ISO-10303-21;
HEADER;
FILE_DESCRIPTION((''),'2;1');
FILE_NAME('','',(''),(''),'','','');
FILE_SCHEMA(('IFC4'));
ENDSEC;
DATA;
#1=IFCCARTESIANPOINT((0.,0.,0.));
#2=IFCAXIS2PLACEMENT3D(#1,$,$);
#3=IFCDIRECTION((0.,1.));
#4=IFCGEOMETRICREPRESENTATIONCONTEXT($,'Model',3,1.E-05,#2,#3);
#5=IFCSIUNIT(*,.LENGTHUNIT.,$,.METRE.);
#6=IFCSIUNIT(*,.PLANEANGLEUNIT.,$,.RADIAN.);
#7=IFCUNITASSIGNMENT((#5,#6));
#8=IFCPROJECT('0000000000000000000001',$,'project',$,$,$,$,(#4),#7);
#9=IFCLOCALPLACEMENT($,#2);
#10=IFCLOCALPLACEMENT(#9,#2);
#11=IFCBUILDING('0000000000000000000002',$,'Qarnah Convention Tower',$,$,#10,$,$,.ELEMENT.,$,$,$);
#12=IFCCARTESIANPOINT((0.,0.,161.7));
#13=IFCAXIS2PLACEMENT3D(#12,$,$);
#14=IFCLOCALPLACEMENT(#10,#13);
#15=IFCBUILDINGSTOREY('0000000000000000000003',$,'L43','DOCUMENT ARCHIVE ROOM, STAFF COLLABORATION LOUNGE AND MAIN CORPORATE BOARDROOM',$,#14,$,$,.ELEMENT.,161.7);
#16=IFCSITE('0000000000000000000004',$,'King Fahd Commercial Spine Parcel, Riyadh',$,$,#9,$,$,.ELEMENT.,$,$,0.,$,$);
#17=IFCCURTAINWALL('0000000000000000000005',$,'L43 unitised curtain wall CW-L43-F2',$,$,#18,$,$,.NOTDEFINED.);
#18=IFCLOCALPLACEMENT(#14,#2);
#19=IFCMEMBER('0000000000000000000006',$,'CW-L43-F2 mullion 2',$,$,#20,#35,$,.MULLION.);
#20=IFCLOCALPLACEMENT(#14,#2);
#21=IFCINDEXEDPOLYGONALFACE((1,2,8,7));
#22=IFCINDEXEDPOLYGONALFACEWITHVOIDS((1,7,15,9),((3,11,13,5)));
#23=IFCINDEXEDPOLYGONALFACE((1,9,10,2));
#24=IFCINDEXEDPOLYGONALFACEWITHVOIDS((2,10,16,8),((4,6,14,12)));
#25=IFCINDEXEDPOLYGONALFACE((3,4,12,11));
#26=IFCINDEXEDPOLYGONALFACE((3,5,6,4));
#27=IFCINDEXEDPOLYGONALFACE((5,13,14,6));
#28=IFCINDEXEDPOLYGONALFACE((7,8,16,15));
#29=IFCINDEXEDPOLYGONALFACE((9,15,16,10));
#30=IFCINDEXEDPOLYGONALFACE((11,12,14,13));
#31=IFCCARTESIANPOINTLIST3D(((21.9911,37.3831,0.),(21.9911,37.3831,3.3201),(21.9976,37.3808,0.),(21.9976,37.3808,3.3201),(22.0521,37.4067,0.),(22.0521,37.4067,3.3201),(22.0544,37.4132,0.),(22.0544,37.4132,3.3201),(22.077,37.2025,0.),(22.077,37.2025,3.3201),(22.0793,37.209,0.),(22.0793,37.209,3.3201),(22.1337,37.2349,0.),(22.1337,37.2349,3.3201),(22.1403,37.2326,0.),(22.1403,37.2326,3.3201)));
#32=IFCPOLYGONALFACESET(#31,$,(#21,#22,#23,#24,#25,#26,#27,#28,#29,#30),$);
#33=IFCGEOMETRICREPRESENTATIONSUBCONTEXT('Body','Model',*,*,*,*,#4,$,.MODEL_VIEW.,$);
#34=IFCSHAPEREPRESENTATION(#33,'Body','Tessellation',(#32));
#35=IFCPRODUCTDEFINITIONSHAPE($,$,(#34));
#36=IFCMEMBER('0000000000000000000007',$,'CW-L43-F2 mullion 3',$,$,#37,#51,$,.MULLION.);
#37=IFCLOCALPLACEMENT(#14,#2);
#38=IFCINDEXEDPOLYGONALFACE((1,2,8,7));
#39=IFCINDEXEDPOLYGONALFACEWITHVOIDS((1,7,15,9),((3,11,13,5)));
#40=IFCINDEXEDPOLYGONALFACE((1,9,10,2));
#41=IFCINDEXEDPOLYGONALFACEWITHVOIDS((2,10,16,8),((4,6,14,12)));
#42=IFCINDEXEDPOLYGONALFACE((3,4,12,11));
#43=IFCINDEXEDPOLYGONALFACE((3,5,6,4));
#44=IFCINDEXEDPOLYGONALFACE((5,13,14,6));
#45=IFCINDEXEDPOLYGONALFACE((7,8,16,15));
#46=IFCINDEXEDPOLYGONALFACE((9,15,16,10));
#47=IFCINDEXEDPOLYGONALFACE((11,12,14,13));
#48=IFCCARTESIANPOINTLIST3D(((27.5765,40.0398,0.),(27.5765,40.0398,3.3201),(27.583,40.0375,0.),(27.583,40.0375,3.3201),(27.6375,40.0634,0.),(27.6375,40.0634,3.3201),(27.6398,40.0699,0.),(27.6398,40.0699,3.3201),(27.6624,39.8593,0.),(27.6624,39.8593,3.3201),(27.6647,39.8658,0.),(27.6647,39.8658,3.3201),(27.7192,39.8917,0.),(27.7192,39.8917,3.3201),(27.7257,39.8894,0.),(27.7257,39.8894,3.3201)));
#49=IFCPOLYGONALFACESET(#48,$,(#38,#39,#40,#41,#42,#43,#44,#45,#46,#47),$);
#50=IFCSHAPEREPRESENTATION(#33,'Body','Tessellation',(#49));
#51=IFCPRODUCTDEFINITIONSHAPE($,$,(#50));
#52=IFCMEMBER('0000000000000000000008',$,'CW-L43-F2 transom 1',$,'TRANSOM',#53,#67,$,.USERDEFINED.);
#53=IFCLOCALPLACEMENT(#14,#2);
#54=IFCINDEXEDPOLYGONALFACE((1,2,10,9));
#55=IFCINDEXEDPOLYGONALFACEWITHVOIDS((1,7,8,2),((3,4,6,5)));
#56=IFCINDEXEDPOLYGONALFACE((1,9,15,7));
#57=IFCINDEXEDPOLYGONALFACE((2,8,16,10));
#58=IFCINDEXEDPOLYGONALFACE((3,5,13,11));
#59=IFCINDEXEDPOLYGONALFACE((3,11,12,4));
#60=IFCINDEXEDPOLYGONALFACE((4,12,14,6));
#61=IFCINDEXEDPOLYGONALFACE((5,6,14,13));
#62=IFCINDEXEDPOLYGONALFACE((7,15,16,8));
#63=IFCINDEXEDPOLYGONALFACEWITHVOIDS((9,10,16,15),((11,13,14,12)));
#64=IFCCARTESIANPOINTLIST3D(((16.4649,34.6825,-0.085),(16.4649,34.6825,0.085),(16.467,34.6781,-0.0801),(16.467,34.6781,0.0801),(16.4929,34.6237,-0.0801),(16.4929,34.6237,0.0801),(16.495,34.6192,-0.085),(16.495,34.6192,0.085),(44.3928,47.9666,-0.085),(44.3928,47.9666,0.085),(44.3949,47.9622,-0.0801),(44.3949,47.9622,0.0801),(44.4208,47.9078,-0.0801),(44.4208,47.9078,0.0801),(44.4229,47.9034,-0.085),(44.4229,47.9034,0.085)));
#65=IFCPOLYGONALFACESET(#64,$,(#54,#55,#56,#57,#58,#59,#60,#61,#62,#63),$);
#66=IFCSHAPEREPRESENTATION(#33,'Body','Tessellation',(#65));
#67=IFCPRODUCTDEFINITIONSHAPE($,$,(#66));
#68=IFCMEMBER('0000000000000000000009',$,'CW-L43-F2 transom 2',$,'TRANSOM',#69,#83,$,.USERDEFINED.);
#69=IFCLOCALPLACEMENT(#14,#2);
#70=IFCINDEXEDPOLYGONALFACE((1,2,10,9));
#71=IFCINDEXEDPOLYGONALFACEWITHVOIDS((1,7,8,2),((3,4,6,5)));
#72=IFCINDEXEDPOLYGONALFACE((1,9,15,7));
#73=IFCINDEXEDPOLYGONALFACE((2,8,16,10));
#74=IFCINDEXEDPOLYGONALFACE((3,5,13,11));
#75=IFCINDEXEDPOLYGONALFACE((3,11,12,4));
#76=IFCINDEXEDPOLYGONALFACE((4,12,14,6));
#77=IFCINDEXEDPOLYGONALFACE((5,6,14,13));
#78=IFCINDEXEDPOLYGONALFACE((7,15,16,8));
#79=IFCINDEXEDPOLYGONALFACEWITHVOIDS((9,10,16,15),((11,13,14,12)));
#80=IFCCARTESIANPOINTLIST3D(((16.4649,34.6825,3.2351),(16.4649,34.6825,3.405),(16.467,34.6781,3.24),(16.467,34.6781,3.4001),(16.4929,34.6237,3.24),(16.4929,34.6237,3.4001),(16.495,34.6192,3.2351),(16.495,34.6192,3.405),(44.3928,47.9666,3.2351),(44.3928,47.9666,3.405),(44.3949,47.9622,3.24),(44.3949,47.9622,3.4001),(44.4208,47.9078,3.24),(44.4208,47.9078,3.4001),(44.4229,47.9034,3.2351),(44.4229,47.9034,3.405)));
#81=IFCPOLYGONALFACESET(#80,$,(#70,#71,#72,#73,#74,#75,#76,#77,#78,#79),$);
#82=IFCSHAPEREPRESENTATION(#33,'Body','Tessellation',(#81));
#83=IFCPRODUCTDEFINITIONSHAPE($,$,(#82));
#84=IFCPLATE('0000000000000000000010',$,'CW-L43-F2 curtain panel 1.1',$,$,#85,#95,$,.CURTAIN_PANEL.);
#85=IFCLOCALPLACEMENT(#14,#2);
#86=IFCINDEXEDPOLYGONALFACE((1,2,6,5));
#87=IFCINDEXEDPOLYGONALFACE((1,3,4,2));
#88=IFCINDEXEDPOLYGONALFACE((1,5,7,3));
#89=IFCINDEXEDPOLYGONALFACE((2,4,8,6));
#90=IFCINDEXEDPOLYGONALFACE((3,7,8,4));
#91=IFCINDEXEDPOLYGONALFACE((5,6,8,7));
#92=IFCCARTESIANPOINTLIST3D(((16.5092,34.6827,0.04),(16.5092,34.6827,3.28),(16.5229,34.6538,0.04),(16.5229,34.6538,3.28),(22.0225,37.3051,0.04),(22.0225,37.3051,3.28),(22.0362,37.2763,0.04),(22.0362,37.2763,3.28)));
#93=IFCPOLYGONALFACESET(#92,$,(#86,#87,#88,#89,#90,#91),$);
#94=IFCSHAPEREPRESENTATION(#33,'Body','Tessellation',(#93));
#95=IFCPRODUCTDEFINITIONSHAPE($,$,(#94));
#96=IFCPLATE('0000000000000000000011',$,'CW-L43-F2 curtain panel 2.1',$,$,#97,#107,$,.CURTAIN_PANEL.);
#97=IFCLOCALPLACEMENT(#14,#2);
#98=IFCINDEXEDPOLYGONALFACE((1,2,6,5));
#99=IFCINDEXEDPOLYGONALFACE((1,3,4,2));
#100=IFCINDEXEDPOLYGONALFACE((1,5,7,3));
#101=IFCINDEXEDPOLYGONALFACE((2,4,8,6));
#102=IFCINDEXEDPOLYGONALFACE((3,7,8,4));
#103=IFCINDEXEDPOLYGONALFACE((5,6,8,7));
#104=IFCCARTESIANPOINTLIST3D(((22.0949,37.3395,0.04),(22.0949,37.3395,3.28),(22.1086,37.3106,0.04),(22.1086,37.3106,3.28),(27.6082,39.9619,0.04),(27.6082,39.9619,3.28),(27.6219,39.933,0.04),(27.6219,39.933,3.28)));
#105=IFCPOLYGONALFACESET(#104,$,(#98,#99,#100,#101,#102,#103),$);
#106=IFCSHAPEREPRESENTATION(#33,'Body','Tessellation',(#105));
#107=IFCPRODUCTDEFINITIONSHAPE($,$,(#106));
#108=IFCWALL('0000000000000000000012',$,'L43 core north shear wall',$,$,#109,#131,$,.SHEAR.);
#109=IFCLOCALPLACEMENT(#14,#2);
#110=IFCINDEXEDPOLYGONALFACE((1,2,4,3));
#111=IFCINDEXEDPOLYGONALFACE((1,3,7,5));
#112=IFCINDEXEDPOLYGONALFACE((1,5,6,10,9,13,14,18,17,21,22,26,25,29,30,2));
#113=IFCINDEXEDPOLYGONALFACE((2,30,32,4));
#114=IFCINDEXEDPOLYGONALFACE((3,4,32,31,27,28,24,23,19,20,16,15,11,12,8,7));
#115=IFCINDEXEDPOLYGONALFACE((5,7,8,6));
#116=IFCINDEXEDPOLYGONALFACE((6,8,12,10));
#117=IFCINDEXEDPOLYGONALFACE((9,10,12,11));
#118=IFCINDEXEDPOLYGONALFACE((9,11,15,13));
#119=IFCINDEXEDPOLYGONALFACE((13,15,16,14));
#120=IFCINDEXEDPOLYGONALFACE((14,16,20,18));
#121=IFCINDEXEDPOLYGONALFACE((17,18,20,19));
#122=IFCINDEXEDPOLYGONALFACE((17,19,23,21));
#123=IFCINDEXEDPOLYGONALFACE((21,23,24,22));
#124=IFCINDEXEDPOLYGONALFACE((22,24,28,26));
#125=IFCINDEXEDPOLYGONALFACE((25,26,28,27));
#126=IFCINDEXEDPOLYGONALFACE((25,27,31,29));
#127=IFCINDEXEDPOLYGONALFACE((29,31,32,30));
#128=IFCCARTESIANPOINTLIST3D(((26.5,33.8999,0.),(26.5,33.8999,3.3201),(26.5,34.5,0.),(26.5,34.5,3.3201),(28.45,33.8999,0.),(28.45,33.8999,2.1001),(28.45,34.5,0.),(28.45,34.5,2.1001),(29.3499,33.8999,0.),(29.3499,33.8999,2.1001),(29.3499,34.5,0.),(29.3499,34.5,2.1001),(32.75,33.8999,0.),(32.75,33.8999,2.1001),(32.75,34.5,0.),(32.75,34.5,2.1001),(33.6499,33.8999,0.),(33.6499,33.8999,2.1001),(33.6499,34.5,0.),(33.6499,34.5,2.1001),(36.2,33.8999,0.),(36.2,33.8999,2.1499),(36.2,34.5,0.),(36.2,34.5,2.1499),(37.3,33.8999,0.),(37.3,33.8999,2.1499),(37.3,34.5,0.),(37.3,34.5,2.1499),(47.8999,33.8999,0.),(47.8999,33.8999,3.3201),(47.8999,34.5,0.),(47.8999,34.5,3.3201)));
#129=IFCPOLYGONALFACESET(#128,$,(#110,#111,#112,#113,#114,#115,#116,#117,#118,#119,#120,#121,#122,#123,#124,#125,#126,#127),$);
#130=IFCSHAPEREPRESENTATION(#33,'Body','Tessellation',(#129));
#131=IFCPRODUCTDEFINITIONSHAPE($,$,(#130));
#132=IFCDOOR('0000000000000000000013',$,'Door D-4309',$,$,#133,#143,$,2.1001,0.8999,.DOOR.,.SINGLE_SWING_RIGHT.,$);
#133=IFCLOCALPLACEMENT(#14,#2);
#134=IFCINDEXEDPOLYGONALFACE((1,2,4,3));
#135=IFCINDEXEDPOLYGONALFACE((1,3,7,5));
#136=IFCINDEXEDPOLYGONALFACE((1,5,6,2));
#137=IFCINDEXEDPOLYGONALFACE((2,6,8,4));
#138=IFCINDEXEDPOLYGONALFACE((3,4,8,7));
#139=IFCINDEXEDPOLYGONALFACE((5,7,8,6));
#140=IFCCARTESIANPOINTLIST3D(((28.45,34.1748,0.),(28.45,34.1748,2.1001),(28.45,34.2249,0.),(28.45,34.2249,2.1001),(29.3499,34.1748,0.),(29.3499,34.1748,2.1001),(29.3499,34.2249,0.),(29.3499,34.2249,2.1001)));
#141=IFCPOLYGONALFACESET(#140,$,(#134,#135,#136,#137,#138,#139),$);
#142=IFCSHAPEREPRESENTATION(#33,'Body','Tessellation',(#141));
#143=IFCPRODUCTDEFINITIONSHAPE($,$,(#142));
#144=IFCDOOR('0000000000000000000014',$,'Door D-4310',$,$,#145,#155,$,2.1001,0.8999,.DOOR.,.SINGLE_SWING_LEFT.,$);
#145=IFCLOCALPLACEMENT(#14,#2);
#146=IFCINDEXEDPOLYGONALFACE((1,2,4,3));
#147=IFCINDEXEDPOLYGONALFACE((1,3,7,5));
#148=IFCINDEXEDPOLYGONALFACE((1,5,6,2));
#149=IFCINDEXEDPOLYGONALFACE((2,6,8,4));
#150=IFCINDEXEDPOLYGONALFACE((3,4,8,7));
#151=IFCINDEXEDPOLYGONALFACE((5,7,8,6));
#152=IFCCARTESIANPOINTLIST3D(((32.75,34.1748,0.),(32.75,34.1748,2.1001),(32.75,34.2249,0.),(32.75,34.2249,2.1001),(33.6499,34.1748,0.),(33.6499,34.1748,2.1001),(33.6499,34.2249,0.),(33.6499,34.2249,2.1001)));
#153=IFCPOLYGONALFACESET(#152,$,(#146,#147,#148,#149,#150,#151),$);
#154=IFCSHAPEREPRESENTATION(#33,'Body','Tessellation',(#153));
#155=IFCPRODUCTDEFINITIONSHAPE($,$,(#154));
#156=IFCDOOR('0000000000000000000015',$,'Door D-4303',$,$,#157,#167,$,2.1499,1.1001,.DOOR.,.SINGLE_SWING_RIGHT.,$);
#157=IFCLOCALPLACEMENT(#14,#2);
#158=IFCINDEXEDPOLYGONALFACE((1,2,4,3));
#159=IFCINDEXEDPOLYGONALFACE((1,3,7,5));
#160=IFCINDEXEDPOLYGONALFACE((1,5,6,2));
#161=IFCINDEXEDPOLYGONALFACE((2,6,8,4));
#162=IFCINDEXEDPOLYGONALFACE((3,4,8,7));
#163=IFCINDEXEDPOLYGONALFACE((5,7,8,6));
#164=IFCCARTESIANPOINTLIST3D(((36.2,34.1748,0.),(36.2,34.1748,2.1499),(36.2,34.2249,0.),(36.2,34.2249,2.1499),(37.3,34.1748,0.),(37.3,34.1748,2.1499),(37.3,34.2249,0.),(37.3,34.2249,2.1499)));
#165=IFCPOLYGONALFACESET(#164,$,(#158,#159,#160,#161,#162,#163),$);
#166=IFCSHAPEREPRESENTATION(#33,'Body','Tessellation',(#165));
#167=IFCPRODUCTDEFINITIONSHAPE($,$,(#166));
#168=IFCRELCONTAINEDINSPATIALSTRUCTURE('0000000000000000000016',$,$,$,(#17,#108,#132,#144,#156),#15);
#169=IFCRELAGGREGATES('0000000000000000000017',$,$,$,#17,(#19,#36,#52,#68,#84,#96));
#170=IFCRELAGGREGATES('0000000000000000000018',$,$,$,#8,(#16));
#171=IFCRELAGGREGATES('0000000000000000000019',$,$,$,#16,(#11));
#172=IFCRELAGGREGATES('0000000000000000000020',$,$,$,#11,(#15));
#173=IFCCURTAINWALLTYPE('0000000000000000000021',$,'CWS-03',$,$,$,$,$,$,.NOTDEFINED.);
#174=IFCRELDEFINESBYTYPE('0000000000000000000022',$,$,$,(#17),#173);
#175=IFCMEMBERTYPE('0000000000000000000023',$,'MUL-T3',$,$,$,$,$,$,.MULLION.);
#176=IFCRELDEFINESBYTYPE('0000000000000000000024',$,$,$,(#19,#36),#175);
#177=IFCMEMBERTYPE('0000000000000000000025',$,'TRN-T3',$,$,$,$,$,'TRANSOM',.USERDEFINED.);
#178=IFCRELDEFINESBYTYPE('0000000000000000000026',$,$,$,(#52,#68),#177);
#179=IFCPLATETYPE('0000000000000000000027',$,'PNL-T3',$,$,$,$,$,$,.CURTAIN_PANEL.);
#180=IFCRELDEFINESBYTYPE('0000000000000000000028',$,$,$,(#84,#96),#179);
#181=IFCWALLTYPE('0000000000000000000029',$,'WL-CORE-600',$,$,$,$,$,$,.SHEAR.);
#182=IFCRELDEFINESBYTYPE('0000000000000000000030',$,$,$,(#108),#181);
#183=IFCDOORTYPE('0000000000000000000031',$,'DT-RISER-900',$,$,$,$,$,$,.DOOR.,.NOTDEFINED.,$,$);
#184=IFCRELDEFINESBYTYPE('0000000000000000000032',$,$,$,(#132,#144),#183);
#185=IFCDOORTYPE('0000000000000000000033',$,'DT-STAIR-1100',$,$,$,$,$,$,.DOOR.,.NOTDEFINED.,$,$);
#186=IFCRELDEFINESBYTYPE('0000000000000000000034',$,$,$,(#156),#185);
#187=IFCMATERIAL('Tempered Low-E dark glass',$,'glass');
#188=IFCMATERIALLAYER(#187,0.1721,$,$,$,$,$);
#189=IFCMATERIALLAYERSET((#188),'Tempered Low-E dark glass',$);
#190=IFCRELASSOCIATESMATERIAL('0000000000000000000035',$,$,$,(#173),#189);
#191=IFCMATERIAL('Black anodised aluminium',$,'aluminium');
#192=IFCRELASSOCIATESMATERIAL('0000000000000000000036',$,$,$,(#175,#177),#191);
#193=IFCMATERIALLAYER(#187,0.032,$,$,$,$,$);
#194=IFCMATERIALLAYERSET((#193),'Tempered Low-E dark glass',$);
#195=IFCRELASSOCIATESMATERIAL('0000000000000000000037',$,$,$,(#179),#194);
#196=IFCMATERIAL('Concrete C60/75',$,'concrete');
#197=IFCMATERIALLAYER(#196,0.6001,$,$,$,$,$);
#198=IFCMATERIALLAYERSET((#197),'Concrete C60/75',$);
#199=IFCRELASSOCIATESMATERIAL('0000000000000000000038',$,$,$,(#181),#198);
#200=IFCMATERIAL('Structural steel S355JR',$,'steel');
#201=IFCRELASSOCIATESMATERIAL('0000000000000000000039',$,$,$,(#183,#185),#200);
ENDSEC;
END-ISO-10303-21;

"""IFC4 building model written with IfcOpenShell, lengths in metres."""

from ifc_helpers import new_model, si_unit, direction, frame, frame_2d, origin, origin_2d, place, context, subcontext, project, spatial, rectangle, hollow_rectangle, extrude, material, layer, layer_set, material_profile, profile_set, type_object, element, fill, aggregate, save


model = new_model("IFC4")

# Units and contexts
model_context = context("Model", 3, precision=1e-05, world=origin(), true_north=direction((0.0, 1.0)))
body_context = subcontext(model_context, "Body", "Model", "MODEL_VIEW")
ifc_project = project(units=[si_unit("LENGTHUNIT", "METRE"), si_unit("PLANEANGLEUNIT", "RADIAN")], contexts=[model_context])

# Site, building, storey
site_placement = place(None, origin())
site = spatial("IfcSite", under=ifc_project, at=site_placement, Name="King Fahd Commercial Spine Parcel, Riyadh", CompositionType="ELEMENT", RefElevation=0.0)
building_placement = place(site_placement, origin())
building = spatial("IfcBuilding", under=site, at=building_placement, Name="Qarnah Convention Tower", CompositionType="ELEMENT")
storey_placement = place(building_placement, frame((0.0, 0.0, 161.7)))
storey = spatial("IfcBuildingStorey", under=building, at=storey_placement, Name="L43", Description="DOCUMENT ARCHIVE ROOM, STAFF COLLABORATION LOUNGE AND MAIN CORPORATE BOARDROOM", CompositionType="ELEMENT", Elevation=161.7)

# Shared definitions
ifc_material_1 = material(Name="Concrete C60/75", Category="concrete")

# Shared definitions
ifc_material_2 = material(Name="Structural steel S355JR", Category="steel")

# Curtain wall, members, plates
ifc_material_3 = material(Name="Tempered Low-E dark glass", Category="glass")
ifc_layer_1 = layer(ifc_material_3, 0.1721)
ifc_layer_set_1 = layer_set([ifc_layer_1], Name="Tempered Low-E dark glass")
curtain_wall_type = type_object("IfcCurtainWallType", Name="CWS-03", PredefinedType="NOTDEFINED", material=ifc_layer_set_1)
curtain_wall_placement = place(storey_placement, origin())
curtain_wall = element("IfcCurtainWall", 1, at=curtain_wall_placement, inside=storey, type_object=curtain_wall_type, Name="L43 unitised curtain wall CW-L43-F2", PredefinedType="NOTDEFINED")
ifc_material_4 = material(Name="Black anodised aluminium", Category="aluminium")
ifc_material_profile_1 = material_profile(ifc_material_4, hollow_rectangle(XDim=0.0701, YDim=0.2, WallThickness=0.0049, at=origin_2d()), Name="MUL-70X200")
ifc_profile_set_1 = profile_set([ifc_material_profile_1], Name="Black anodised aluminium")
member_type_1 = type_object("IfcMemberType", Name="MUL-T3", PredefinedType="MULLION", material=ifc_profile_set_1)
member_1_placement = place(storey_placement, frame((22.0657, 37.3079, 0.0), z_axis=(0.0, 0.0, 1.0), x_axis=(0.903049, 0.429537, 0.0)))
member_1 = element("IfcMember", 2, at=member_1_placement, type_object=member_type_1, Name="CW-L43-F2 mullion 2", PredefinedType="MULLION", context=body_context, shape_type="SweptSolid", body=[
    extrude(hollow_rectangle(XDim=0.0701, YDim=0.2, WallThickness=0.0049, at=origin_2d()), origin(), (0.0, 0.0, 1.0), 3.3201),
])
member_2_placement = place(storey_placement, frame((27.6511, 39.9646, 0.0), z_axis=(0.0, 0.0, 1.0), x_axis=(0.903049, 0.429537, 0.0)))
member_2 = element("IfcMember", 3, at=member_2_placement, type_object=member_type_1, Name="CW-L43-F2 mullion 3", PredefinedType="MULLION", context=body_context, shape_type="SweptSolid", body=[
    extrude(hollow_rectangle(XDim=0.0701, YDim=0.2, WallThickness=0.0049, at=origin_2d()), origin(), (0.0, 0.0, 1.0), 3.3201),
])
ifc_material_profile_2 = material_profile(ifc_material_4, hollow_rectangle(XDim=0.0701, YDim=0.1699, WallThickness=0.0049, at=origin_2d()), Name="TRN-70X170")
ifc_profile_set_2 = profile_set([ifc_material_profile_2], Name="Black anodised aluminium")
member_type_2 = type_object("IfcMemberType", Name="TRN-T3", ElementType="TRANSOM", PredefinedType="USERDEFINED", material=ifc_profile_set_2)
member_3_placement = place(storey_placement, frame((16.48, 34.6509, 0.0), z_axis=(0.903047, 0.429542, 0.0), x_axis=(-0.429542, 0.903047, 0.0)))
member_3 = element("IfcMember", 4, at=member_3_placement, type_object=member_type_2, Name="CW-L43-F2 transom 1", ObjectType="TRANSOM", PredefinedType="USERDEFINED", context=body_context, shape_type="SweptSolid", body=[
    extrude(hollow_rectangle(XDim=0.0701, YDim=0.1699, WallThickness=0.0049, at=origin_2d()), origin(), (0.0, 0.0, 1.0), 30.9263),
])
member_4_placement = place(storey_placement, frame((16.48, 34.6509, 3.3201), z_axis=(0.903047, 0.429542, 0.0), x_axis=(-0.429542, 0.903047, 0.0)))
member_4 = element("IfcMember", 5, at=member_4_placement, type_object=member_type_2, Name="CW-L43-F2 transom 2", ObjectType="TRANSOM", PredefinedType="USERDEFINED", context=body_context, shape_type="SweptSolid", body=[
    extrude(hollow_rectangle(XDim=0.0701, YDim=0.1699, WallThickness=0.0049, at=origin_2d()), origin(), (0.0, 0.0, 1.0), 30.9263),
])
ifc_layer_2 = layer(ifc_material_3, 0.032)
ifc_layer_set_2 = layer_set([ifc_layer_2], Name="Tempered Low-E dark glass")
plate_type = type_object("IfcPlateType", Name="PNL-T3", PredefinedType="CURTAIN_PANEL", material=ifc_layer_set_2)
plate_1_placement = place(storey_placement, frame((19.2727, 35.9795, 0.04), z_axis=(0.0, 0.0, 1.0), x_axis=(0.903049, 0.429537, 0.0)))
plate_1 = element("IfcPlate", 6, at=plate_1_placement, type_object=plate_type, Name="CW-L43-F2 curtain panel 1.1", PredefinedType="CURTAIN_PANEL", context=body_context, shape_type="SweptSolid", body=[
    extrude(rectangle(XDim=6.1052, YDim=0.032, at=origin_2d()), origin(), (0.0, 0.0, 1.0), 3.24),
])
plate_2_placement = place(storey_placement, frame((24.8584, 38.6362, 0.04), z_axis=(0.0, 0.0, 1.0), x_axis=(0.903049, 0.429537, 0.0)))
plate_2 = element("IfcPlate", 7, at=plate_2_placement, type_object=plate_type, Name="CW-L43-F2 curtain panel 2.1", PredefinedType="CURTAIN_PANEL", context=body_context, shape_type="SweptSolid", body=[
    extrude(rectangle(XDim=6.1052, YDim=0.032, at=origin_2d()), origin(), (0.0, 0.0, 1.0), 3.24),
])
aggregate(curtain_wall, [member_1, member_2, member_3, member_4, plate_1, plate_2])

# Wall, openings, doors
ifc_layer_3 = layer(ifc_material_1, 0.6001)
ifc_layer_set_3 = layer_set([ifc_layer_3], Name="Concrete C60/75")
wall_type_1 = type_object("IfcWallType", Name="WL-CORE-600", PredefinedType="SHEAR", material=ifc_layer_set_3)
wall_1_placement = place(storey_placement, frame((26.5, 34.2, 0.0), z_axis=(0.0, 0.0, 1.0), x_axis=(1.0, 0.0, 0.0)))
wall_1 = element("IfcWall", 8, at=wall_1_placement, inside=storey, type_object=wall_type_1, Name="L43 core north shear wall", PredefinedType="SHEAR", context=body_context, shape_type="SweptSolid", body=[
    extrude(rectangle(XDim=21.3999, YDim=0.6001, at=frame_2d((10.7, 0.0))), origin(), (0.0, 0.0, 1.0), 3.3201),
])
opening_1_placement = place(wall_1_placement, frame((9.7, 0.0, 0.0)))
opening_1 = element("IfcOpeningElement", 9, at=opening_1_placement, cuts=wall_1, PredefinedType="OPENING", context=body_context, shape_type="SweptSolid", body=[
    extrude(rectangle(XDim=1.1001, YDim=2.1499, at=frame_2d((0.55, 1.075))), frame((0.0, 0.3101, 0.0), z_axis=(0.0, -1.0, 0.0), x_axis=(1.0, 0.0, 0.0)), (0.0, 0.0, 1.0), 0.6201),
])
opening_2_placement = place(wall_1_placement, frame((1.95, 0.0, 0.0)))
opening_2 = element("IfcOpeningElement", 10, at=opening_2_placement, cuts=wall_1, PredefinedType="OPENING", context=body_context, shape_type="SweptSolid", body=[
    extrude(rectangle(XDim=0.8999, YDim=2.1001, at=frame_2d((0.45, 1.05))), frame((0.0, 0.3101, 0.0), z_axis=(0.0, -1.0, 0.0), x_axis=(1.0, 0.0, 0.0)), (0.0, 0.0, 1.0), 0.6201),
])
opening_3_placement = place(wall_1_placement, frame((6.25, 0.0, 0.0)))
opening_3 = element("IfcOpeningElement", 11, at=opening_3_placement, cuts=wall_1, PredefinedType="OPENING", context=body_context, shape_type="SweptSolid", body=[
    extrude(rectangle(XDim=0.8999, YDim=2.1001, at=frame_2d((0.45, 1.05))), frame((0.0, 0.3101, 0.0), z_axis=(0.0, -1.0, 0.0), x_axis=(1.0, 0.0, 0.0)), (0.0, 0.0, 1.0), 0.6201),
])
door_type_1 = type_object("IfcDoorType", Name="DT-RISER-900", OperationType="NOTDEFINED", PredefinedType="DOOR", material=ifc_material_2)
door_1_placement = place(opening_2_placement, origin())
door_1 = element("IfcDoor", 12, at=door_1_placement, inside=storey, type_object=door_type_1, Name="Door D-4309", OperationType="SINGLE_SWING_RIGHT", OverallHeight=2.1001, OverallWidth=0.8999, PredefinedType="DOOR", context=body_context, shape_type="SweptSolid", body=[
    extrude(rectangle(XDim=0.8999, YDim=2.1001, at=frame_2d((0.45, 1.05))), frame((0.0, 0.0249, 0.0), z_axis=(0.0, -1.0, 0.0), x_axis=(1.0, 0.0, 0.0)), (0.0, 0.0, 1.0), 0.05),
])
fill(opening_2, door_1)
door_2_placement = place(opening_3_placement, origin())
door_2 = element("IfcDoor", 13, at=door_2_placement, inside=storey, type_object=door_type_1, Name="Door D-4310", OperationType="SINGLE_SWING_LEFT", OverallHeight=2.1001, OverallWidth=0.8999, PredefinedType="DOOR", context=body_context, shape_type="SweptSolid", body=[
    extrude(rectangle(XDim=0.8999, YDim=2.1001, at=frame_2d((0.45, 1.05))), frame((0.0, 0.0249, 0.0), z_axis=(0.0, -1.0, 0.0), x_axis=(1.0, 0.0, 0.0)), (0.0, 0.0, 1.0), 0.05),
])
fill(opening_3, door_2)
door_type_2 = type_object("IfcDoorType", Name="DT-STAIR-1100", OperationType="NOTDEFINED", PredefinedType="DOOR", material=ifc_material_2)
door_3_placement = place(opening_1_placement, origin())
door_3 = element("IfcDoor", 14, at=door_3_placement, inside=storey, type_object=door_type_2, Name="Door D-4303", OperationType="SINGLE_SWING_RIGHT", OverallHeight=2.1499, OverallWidth=1.1001, PredefinedType="DOOR", context=body_context, shape_type="SweptSolid", body=[
    extrude(rectangle(XDim=1.1001, YDim=2.1499, at=frame_2d((0.55, 1.075))), frame((0.0, 0.0249, 0.0), z_axis=(0.0, -1.0, 0.0), x_axis=(1.0, 0.0, 0.0)), (0.0, 0.0, 1.0), 0.05),
])
fill(opening_1, door_3)

save(model, "model.ifc")
